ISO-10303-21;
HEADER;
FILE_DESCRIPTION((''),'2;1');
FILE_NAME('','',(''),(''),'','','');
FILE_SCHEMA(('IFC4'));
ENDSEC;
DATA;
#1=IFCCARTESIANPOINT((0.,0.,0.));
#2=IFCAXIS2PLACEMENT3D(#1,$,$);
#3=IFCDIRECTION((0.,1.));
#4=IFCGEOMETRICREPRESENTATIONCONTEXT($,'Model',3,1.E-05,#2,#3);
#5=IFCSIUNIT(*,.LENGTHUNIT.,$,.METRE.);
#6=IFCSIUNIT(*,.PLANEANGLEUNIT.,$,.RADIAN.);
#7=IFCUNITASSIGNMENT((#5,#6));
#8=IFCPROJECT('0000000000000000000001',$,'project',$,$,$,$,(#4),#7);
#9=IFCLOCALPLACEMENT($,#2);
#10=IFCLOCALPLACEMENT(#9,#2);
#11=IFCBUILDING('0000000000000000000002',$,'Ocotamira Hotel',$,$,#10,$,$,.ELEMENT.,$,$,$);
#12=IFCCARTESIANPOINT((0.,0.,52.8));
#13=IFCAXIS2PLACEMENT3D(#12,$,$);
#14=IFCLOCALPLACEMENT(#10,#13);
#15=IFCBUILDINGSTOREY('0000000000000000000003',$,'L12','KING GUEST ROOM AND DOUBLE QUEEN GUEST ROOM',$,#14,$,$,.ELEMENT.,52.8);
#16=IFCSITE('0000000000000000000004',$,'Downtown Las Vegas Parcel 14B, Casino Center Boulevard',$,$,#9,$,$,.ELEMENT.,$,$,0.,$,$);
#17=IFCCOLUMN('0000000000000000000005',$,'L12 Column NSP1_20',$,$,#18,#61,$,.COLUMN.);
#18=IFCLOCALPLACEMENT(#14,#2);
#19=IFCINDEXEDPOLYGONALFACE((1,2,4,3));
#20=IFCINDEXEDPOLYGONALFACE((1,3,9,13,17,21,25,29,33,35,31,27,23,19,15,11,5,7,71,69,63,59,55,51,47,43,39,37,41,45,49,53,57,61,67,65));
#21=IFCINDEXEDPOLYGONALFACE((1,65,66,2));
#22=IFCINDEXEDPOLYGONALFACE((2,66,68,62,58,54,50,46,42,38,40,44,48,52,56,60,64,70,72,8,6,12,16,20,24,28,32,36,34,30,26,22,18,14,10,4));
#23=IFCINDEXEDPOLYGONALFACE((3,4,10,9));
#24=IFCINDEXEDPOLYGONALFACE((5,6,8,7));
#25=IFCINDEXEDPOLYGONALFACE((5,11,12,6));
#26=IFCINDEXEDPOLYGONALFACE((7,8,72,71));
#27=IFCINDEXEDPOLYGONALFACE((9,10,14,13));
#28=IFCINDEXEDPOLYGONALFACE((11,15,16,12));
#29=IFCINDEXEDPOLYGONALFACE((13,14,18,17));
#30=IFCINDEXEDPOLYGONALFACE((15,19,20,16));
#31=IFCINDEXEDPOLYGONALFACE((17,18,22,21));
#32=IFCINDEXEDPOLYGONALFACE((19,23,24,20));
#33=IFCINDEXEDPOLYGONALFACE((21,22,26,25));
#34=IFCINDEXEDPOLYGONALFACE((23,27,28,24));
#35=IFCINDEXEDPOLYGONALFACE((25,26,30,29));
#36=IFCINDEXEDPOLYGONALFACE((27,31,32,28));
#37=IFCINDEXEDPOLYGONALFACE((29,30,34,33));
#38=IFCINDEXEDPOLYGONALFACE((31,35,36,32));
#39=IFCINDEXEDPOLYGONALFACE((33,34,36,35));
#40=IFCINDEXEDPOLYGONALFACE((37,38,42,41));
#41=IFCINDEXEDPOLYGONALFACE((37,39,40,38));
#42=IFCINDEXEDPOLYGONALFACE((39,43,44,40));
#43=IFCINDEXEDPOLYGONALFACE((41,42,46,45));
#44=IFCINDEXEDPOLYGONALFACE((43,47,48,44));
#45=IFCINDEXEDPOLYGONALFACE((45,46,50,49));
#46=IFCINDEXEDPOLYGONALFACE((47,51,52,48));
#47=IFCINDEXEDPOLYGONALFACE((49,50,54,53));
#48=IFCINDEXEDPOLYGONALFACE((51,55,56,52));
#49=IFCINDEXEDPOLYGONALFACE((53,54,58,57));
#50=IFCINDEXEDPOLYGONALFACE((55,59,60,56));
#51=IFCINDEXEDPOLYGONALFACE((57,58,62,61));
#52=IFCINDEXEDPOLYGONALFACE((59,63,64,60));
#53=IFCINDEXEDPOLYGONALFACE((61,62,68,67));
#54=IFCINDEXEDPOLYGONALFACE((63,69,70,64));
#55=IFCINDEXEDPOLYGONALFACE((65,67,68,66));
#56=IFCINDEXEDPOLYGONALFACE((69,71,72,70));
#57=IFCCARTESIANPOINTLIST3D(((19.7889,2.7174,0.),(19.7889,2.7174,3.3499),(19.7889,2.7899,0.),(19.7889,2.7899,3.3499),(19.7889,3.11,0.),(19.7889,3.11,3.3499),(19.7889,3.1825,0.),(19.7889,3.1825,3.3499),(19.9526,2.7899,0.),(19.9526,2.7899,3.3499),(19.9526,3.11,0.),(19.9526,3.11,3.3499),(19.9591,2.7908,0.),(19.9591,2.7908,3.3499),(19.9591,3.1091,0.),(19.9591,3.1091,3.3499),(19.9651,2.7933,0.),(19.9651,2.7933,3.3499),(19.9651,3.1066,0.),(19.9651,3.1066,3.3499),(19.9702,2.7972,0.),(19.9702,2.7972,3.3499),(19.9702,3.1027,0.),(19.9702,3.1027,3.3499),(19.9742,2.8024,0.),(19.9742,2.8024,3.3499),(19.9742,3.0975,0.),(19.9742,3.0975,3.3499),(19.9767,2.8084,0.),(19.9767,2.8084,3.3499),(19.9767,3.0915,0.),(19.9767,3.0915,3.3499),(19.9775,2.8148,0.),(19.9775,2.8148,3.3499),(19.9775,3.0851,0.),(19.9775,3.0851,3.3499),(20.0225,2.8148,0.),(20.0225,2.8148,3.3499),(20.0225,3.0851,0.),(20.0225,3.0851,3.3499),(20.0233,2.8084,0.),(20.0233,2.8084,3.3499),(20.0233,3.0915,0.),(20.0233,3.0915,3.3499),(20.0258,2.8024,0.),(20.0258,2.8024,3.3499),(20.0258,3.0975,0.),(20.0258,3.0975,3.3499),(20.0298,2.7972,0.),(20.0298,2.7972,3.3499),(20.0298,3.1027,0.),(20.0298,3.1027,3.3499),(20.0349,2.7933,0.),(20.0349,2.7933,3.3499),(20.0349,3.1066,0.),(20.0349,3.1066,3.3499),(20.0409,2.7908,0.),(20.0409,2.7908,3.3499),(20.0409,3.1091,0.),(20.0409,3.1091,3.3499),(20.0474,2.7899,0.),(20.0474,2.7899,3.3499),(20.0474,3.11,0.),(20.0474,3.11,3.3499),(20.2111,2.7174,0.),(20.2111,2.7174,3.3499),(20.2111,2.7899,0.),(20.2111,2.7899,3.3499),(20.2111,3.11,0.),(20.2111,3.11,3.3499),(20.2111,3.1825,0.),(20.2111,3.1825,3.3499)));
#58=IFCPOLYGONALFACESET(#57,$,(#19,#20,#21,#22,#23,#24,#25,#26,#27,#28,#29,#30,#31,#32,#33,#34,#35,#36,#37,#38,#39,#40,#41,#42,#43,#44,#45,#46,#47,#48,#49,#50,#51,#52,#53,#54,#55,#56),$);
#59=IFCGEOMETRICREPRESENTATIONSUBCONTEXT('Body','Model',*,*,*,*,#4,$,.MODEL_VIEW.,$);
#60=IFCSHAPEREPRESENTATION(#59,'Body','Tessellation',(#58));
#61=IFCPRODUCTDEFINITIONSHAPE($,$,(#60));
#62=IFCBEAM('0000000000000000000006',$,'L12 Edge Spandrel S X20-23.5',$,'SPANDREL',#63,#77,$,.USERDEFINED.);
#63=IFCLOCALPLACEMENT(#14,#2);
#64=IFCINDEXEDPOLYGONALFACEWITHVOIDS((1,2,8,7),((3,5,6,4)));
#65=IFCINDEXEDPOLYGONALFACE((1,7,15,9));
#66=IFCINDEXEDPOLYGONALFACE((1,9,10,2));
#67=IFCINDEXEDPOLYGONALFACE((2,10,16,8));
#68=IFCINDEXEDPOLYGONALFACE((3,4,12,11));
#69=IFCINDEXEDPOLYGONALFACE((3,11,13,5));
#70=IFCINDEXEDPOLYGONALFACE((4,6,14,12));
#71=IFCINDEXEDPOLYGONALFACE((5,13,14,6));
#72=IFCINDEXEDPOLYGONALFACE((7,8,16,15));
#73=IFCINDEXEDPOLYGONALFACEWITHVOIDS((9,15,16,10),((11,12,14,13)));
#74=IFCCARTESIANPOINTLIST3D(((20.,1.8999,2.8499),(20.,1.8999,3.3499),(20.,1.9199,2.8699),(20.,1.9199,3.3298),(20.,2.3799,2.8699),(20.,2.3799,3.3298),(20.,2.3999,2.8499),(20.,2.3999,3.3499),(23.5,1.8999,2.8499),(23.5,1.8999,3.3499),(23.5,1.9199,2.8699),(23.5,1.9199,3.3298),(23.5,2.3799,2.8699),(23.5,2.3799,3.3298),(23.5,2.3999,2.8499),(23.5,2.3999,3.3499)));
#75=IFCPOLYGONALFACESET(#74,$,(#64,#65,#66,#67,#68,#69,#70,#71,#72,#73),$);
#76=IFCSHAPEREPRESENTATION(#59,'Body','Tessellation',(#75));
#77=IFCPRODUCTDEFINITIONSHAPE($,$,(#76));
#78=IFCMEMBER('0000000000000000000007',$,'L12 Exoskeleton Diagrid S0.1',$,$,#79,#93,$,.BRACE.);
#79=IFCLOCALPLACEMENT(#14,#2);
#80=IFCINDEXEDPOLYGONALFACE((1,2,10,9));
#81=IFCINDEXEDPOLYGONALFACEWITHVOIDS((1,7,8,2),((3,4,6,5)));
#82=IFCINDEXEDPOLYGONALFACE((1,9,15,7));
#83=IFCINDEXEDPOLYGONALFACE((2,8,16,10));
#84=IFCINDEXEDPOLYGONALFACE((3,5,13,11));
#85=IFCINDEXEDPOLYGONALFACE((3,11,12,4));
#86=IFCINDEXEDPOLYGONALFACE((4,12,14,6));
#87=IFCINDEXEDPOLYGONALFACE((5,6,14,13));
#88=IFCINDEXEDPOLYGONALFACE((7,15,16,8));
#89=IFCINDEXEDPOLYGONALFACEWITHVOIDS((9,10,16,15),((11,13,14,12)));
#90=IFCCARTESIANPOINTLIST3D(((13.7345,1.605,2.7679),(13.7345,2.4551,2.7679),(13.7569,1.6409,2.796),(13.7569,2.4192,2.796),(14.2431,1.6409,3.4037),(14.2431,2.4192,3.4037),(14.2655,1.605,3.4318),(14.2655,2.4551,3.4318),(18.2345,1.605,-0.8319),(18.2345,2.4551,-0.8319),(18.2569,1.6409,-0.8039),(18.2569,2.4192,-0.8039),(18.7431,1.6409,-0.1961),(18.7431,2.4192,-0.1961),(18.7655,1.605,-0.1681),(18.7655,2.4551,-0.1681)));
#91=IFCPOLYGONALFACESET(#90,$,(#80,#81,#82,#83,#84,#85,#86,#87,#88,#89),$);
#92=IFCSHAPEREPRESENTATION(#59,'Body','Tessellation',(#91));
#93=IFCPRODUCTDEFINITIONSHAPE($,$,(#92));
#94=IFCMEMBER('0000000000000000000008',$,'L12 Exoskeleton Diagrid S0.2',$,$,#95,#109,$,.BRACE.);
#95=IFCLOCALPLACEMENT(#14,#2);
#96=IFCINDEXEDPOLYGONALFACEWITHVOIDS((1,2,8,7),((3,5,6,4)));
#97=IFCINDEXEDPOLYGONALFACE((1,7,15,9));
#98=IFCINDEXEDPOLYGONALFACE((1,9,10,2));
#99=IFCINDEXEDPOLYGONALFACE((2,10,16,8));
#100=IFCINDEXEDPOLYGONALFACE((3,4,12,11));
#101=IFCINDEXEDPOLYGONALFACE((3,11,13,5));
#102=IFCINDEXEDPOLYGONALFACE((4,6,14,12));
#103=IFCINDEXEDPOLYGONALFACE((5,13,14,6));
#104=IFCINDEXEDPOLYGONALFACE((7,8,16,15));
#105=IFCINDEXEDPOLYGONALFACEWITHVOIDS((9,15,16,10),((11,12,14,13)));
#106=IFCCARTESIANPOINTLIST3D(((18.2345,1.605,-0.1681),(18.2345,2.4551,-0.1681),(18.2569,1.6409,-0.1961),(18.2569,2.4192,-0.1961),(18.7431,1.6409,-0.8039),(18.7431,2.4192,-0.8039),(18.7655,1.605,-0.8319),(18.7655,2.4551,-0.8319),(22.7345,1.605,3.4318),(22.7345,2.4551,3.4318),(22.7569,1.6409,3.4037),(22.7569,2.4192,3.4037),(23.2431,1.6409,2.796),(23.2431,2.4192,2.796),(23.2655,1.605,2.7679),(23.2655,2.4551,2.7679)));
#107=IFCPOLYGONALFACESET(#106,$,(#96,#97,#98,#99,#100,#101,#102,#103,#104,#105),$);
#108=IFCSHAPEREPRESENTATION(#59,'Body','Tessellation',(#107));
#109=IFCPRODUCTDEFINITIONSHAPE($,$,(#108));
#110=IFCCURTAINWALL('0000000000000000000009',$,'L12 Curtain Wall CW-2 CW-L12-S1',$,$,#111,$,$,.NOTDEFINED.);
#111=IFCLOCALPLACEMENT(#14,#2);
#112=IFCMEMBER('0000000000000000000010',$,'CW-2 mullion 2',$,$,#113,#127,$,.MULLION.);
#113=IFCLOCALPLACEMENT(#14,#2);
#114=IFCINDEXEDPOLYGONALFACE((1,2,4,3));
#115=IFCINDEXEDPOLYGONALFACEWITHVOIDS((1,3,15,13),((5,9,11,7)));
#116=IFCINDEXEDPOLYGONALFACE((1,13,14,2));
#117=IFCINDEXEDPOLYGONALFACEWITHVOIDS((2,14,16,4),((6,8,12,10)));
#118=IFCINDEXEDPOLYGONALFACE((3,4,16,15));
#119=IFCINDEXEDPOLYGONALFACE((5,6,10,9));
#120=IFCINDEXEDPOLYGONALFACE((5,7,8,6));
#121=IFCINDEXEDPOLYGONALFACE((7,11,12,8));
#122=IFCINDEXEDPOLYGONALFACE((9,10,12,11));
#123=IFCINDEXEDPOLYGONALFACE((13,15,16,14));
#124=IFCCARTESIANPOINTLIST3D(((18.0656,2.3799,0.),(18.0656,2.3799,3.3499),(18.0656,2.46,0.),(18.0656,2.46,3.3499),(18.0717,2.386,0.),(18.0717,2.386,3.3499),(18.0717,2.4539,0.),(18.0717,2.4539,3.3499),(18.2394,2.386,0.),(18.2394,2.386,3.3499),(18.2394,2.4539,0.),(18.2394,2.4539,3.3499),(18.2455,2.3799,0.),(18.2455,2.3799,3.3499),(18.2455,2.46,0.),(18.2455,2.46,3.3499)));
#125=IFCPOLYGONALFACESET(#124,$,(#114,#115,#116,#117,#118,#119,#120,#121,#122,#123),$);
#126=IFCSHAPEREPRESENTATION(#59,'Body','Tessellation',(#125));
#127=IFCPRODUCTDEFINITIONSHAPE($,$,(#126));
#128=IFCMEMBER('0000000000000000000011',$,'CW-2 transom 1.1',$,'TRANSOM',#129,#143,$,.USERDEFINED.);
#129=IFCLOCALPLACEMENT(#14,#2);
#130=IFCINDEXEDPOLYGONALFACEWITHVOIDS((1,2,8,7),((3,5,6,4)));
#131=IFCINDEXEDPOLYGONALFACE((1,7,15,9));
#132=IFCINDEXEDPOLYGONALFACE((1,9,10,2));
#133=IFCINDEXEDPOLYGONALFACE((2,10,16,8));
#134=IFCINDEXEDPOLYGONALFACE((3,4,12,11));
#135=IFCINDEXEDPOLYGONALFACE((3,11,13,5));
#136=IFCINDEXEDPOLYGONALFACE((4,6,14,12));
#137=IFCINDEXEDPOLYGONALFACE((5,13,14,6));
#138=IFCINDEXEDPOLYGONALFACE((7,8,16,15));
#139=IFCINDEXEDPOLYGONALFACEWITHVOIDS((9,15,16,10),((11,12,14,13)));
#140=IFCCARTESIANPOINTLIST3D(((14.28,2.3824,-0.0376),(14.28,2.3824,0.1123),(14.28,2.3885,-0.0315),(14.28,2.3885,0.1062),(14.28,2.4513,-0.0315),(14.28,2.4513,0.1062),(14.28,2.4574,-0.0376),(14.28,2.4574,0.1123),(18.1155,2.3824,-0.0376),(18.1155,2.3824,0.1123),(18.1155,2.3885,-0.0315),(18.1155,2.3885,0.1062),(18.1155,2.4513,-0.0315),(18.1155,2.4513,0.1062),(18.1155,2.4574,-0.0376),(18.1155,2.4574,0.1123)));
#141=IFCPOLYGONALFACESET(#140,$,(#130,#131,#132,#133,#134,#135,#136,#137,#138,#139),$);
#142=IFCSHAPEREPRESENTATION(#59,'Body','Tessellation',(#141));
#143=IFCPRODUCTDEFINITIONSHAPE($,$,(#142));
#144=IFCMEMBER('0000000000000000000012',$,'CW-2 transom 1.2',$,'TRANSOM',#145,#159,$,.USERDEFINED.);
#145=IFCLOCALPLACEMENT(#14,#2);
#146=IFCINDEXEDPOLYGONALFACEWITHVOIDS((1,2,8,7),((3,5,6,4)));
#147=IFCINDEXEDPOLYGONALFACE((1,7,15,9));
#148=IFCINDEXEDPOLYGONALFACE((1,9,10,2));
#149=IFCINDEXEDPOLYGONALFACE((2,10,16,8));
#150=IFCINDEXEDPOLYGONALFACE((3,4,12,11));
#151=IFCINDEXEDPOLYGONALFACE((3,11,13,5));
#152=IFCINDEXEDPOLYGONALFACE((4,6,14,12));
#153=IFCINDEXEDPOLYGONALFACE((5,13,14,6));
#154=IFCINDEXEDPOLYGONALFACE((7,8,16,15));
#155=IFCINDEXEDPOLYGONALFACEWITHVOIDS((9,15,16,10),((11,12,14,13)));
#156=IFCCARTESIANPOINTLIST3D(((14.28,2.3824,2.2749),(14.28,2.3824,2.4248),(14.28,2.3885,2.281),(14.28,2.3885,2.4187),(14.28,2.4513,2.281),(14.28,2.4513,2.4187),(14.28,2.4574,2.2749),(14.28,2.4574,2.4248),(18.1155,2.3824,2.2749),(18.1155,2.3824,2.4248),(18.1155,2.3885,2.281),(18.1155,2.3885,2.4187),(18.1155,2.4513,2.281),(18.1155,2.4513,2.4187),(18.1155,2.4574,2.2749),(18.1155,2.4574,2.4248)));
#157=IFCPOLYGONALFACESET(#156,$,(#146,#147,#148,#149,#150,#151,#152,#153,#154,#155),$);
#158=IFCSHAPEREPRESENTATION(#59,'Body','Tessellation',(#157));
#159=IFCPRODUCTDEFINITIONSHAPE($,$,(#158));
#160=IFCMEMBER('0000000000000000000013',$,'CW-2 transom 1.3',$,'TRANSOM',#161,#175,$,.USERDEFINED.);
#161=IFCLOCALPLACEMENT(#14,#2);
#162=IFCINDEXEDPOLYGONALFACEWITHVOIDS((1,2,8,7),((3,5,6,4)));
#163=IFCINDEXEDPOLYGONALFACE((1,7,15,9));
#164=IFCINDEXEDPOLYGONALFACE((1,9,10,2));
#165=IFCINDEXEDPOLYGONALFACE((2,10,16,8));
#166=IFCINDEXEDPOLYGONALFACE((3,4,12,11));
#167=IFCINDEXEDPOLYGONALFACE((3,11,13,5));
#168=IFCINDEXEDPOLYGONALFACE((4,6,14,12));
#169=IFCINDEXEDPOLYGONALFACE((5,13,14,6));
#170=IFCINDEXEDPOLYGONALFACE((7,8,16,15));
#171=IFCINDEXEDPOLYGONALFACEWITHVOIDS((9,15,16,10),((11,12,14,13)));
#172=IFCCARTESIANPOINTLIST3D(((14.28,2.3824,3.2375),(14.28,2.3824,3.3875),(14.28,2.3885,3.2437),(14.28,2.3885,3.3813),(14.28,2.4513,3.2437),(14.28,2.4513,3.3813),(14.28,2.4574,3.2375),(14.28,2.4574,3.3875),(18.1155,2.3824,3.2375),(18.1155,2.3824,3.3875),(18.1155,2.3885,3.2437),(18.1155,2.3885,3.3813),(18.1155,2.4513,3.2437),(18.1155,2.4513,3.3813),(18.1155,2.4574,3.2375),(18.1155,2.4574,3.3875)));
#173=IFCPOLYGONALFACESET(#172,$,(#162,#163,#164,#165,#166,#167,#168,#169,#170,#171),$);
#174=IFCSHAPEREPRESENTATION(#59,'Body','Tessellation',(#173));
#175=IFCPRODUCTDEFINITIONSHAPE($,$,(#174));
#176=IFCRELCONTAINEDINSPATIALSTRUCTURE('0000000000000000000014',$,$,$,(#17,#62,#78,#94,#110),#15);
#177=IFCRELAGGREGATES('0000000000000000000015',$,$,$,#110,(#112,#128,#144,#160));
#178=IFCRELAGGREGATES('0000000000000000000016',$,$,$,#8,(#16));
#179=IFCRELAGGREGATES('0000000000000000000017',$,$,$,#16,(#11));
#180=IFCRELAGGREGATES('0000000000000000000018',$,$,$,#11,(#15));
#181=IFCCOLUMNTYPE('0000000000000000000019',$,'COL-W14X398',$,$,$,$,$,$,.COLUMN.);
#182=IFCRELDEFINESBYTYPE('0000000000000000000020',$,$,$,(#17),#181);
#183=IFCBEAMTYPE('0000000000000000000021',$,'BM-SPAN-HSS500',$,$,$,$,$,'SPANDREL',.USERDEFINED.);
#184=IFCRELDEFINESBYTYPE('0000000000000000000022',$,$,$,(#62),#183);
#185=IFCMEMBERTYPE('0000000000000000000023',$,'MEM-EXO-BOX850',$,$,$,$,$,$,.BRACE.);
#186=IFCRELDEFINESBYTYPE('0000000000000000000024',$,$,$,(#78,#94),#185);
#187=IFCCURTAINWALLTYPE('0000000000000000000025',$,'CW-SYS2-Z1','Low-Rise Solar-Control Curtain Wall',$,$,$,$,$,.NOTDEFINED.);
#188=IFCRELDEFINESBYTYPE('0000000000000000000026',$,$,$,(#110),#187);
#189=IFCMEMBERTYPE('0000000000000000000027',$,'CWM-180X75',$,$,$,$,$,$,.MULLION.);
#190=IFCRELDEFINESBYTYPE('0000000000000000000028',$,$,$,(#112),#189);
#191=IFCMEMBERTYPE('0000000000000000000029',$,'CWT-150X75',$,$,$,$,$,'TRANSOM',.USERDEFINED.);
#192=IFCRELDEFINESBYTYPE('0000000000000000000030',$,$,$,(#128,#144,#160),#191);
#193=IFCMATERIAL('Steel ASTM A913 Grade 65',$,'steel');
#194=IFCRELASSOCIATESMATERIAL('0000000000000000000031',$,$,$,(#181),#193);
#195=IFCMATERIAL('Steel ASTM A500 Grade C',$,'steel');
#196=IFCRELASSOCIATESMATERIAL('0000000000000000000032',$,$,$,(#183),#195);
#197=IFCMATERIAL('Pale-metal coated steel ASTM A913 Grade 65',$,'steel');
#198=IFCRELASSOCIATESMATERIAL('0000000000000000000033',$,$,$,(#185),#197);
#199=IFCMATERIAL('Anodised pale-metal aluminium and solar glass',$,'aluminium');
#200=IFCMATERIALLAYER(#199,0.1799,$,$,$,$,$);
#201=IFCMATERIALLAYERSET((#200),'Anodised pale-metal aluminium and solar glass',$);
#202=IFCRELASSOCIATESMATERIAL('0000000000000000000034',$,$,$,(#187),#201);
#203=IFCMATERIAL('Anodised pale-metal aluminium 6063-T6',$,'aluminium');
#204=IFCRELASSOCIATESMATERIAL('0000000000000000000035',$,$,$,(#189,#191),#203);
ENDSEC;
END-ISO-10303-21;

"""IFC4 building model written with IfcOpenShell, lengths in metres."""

from ifc_helpers import new_model, si_unit, direction, frame, origin, origin_2d, place, context, subcontext, project, spatial, hollow_rectangle, i_section, extrude, source, transform, mapped, material, layer, layer_set, material_profile, profile_set, type_object, element, aggregate, save


model = new_model("IFC4")

# Units and contexts
model_context = context("Model", 3, precision=1e-05, world=origin(), true_north=direction((0.0, 1.0)))
body_context = subcontext(model_context, "Body", "Model", "MODEL_VIEW")
ifc_project = project(units=[si_unit("LENGTHUNIT", "METRE"), si_unit("PLANEANGLEUNIT", "RADIAN")], contexts=[model_context])

# Site, building, storey
site_placement = place(None, origin())
site = spatial("IfcSite", under=ifc_project, at=site_placement, Name="Downtown Las Vegas Parcel 14B, Casino Center Boulevard", CompositionType="ELEMENT", RefElevation=0.0)
building_placement = place(site_placement, origin())
building = spatial("IfcBuilding", under=site, at=building_placement, Name="Ocotamira Hotel", CompositionType="ELEMENT")
storey_placement = place(building_placement, frame((0.0, 0.0, 52.8)))
storey = spatial("IfcBuildingStorey", under=building, at=storey_placement, Name="L12", Description="KING GUEST ROOM AND DOUBLE QUEEN GUEST ROOM", CompositionType="ELEMENT", Elevation=52.8)

# Column
ifc_material_1 = material(Name="Steel ASTM A913 Grade 65", Category="steel")
ifc_material_profile_1 = material_profile(ifc_material_1, i_section(OverallWidth=0.4221, OverallDepth=0.4651, WebThickness=0.0449, FlangeThickness=0.0725, FilletRadius=0.0249, at=origin_2d()), Name="W14X398")
ifc_profile_set_1 = profile_set([ifc_material_profile_1], Name="Steel ASTM A913 Grade 65")
column_type = type_object("IfcColumnType", Name="COL-W14X398", PredefinedType="COLUMN", material=ifc_profile_set_1)
shared_shape_1 = source(origin(), body_context, "Body", "SweptSolid", [
    extrude(i_section(OverallWidth=0.4221, OverallDepth=0.4651, WebThickness=0.0449, FlangeThickness=0.0725, FilletRadius=0.0249, at=origin_2d()), origin(), (0.0, 0.0, 1.0), 3.3499),
])
column_placement = place(storey_placement, frame((20.0, 2.95, 0.0), z_axis=(0.0, 0.0, 1.0), x_axis=(1.0, 0.0, 0.0)))
element("IfcColumn", 1, at=column_placement, inside=storey, type_object=column_type, Name="L12 Column NSP1_20", PredefinedType="COLUMN", context=body_context, shape_type="MappedRepresentation", body=[
    mapped(shared_shape_1, transform((0.0, 0.0, 0.0), scale=1.0)),
])

# Beam
ifc_material_2 = material(Name="Steel ASTM A500 Grade C", Category="steel")
ifc_material_profile_2 = material_profile(ifc_material_2, hollow_rectangle(XDim=0.5, YDim=0.5, WallThickness=0.02, at=origin_2d()), Name="HSS500X500X20")
ifc_profile_set_2 = profile_set([ifc_material_profile_2], Name="Steel ASTM A500 Grade C")
beam_type = type_object("IfcBeamType", Name="BM-SPAN-HSS500", ElementType="SPANDREL", PredefinedType="USERDEFINED", material=ifc_profile_set_2)
shared_shape_2 = source(origin(), body_context, "Body", "SweptSolid", [
    extrude(hollow_rectangle(XDim=0.5, YDim=0.5, WallThickness=0.02, at=origin_2d()), origin(), (0.0, 0.0, 1.0), 3.5),
])
beam_placement = place(storey_placement, frame((20.0, 2.1499, 3.0999), z_axis=(1.0, 0.0, 0.0), x_axis=(0.0, 1.0, 0.0)))
element("IfcBeam", 2, at=beam_placement, inside=storey, type_object=beam_type, Name="L12 Edge Spandrel S X20-23.5", ObjectType="SPANDREL", PredefinedType="USERDEFINED", context=body_context, shape_type="MappedRepresentation", body=[
    mapped(shared_shape_2, transform((0.0, 0.0, 0.0), scale=1.0)),
])

# Members
ifc_material_3 = material(Name="Pale-metal coated steel ASTM A913 Grade 65", Category="steel")
ifc_material_profile_3 = material_profile(ifc_material_3, hollow_rectangle(XDim=0.8501, YDim=0.8501, WallThickness=0.0359, at=origin_2d()), Name="BOX850X850X36")
ifc_profile_set_3 = profile_set([ifc_material_profile_3], Name="Pale-metal coated steel ASTM A913 Grade 65")
member_type_1 = type_object("IfcMemberType", Name="MEM-EXO-BOX850", PredefinedType="BRACE", material=ifc_profile_set_3)
shared_shape_3 = source(origin(), body_context, "Body", "SweptSolid", [
    extrude(hollow_rectangle(XDim=0.8501, YDim=0.8501, WallThickness=0.0359, at=origin_2d()), origin(), (0.0, 0.0, 1.0), 5.7627),
])
for number, where, z_axis, x_axis, name in (
    (3, (18.5, 2.03, -0.5), (-0.780881, 0.0, 0.62468), (0.0, -1.0, 0.0), "L12 Exoskeleton Diagrid S0.1"),
    (4, (18.5, 2.03, -0.5), (0.780881, 0.0, 0.62468), (0.0, 1.0, 0.0), "L12 Exoskeleton Diagrid S0.2"),
):
    element("IfcMember", number, at=place(storey_placement, frame(where, z_axis=z_axis, x_axis=x_axis)), inside=storey, type_object=member_type_1, Name=name, PredefinedType="BRACE", context=body_context, shape_type="MappedRepresentation", body=[
        mapped(shared_shape_3, transform((0.0, 0.0, 0.0), scale=1.0)),
    ])

# Curtain wall, members
ifc_material_4 = material(Name="Anodised pale-metal aluminium and solar glass", Category="aluminium")
ifc_layer_1 = layer(ifc_material_4, 0.1799)
ifc_layer_set_1 = layer_set([ifc_layer_1], Name="Anodised pale-metal aluminium and solar glass")
curtain_wall_type = type_object("IfcCurtainWallType", Name="CW-SYS2-Z1", Description="Low-Rise Solar-Control Curtain Wall", PredefinedType="NOTDEFINED", material=ifc_layer_set_1)
curtain_wall_placement = place(storey_placement, origin())
curtain_wall = element("IfcCurtainWall", 5, at=curtain_wall_placement, inside=storey, type_object=curtain_wall_type, Name="L12 Curtain Wall CW-2 CW-L12-S1", PredefinedType="NOTDEFINED")
ifc_material_5 = material(Name="Anodised pale-metal aluminium 6063-T6", Category="aluminium")
ifc_material_profile_4 = material_profile(ifc_material_5, hollow_rectangle(XDim=0.0801, YDim=0.1799, WallThickness=0.0061, at=origin_2d()), Name="HSS180X80X6")
ifc_profile_set_4 = profile_set([ifc_material_profile_4], Name="Anodised pale-metal aluminium 6063-T6")
member_type_2 = type_object("IfcMemberType", Name="CWM-180X75", PredefinedType="MULLION", material=ifc_profile_set_4)
shared_shape_4 = source(origin(), body_context, "Body", "SweptSolid", [
    extrude(hollow_rectangle(XDim=0.0801, YDim=0.1799, WallThickness=0.0061, at=origin_2d()), origin(), (0.0, 0.0, 1.0), 3.3499),
])
member_1_placement = place(storey_placement, frame((18.1555, 2.4199, 0.0), z_axis=(0.0, 0.0, 1.0), x_axis=(0.0, 1.0, 0.0)))
member_1 = element("IfcMember", 6, at=member_1_placement, type_object=member_type_2, Name="CW-2 mullion 2", PredefinedType="MULLION", context=body_context, shape_type="MappedRepresentation", body=[
    mapped(shared_shape_4, transform((0.0, 0.0, 0.0), scale=1.0)),
])
ifc_material_profile_5 = material_profile(ifc_material_5, hollow_rectangle(XDim=0.075, YDim=0.1499, WallThickness=0.0061, at=origin_2d()), Name="HSS150X75X6")
ifc_profile_set_5 = profile_set([ifc_material_profile_5], Name="Anodised pale-metal aluminium 6063-T6")
member_type_3 = type_object("IfcMemberType", Name="CWT-150X75", ElementType="TRANSOM", PredefinedType="USERDEFINED", material=ifc_profile_set_5)
shared_shape_5 = source(origin(), body_context, "Body", "SweptSolid", [
    extrude(hollow_rectangle(XDim=0.075, YDim=0.1499, WallThickness=0.0061, at=origin_2d()), origin(), (0.0, 0.0, 1.0), 3.8354),
])
member_2_placement = place(storey_placement, frame((14.28, 2.4199, 0.0374), z_axis=(1.0, 0.0, 0.0), x_axis=(0.0, 1.0, 0.0)))
member_2 = element("IfcMember", 7, at=member_2_placement, type_object=member_type_3, Name="CW-2 transom 1.1", ObjectType="TRANSOM", PredefinedType="USERDEFINED", context=body_context, shape_type="MappedRepresentation", body=[
    mapped(shared_shape_5, transform((0.0, 0.0, 0.0), scale=1.0)),
])
member_3_placement = place(storey_placement, frame((14.28, 2.4199, 2.3499), z_axis=(1.0, 0.0, 0.0), x_axis=(0.0, 1.0, 0.0)))
member_3 = element("IfcMember", 8, at=member_3_placement, type_object=member_type_3, Name="CW-2 transom 1.2", ObjectType="TRANSOM", PredefinedType="USERDEFINED", context=body_context, shape_type="MappedRepresentation", body=[
    mapped(shared_shape_5, transform((0.0, 0.0, 0.0), scale=1.0)),
])
member_4_placement = place(storey_placement, frame((14.28, 2.4199, 3.3125), z_axis=(1.0, 0.0, 0.0), x_axis=(0.0, 1.0, 0.0)))
member_4 = element("IfcMember", 9, at=member_4_placement, type_object=member_type_3, Name="CW-2 transom 1.3", ObjectType="TRANSOM", PredefinedType="USERDEFINED", context=body_context, shape_type="MappedRepresentation", body=[
    mapped(shared_shape_5, transform((0.0, 0.0, 0.0), scale=1.0)),
])
aggregate(curtain_wall, [member_1, member_2, member_3, member_4])

save(model, "model.ifc")
